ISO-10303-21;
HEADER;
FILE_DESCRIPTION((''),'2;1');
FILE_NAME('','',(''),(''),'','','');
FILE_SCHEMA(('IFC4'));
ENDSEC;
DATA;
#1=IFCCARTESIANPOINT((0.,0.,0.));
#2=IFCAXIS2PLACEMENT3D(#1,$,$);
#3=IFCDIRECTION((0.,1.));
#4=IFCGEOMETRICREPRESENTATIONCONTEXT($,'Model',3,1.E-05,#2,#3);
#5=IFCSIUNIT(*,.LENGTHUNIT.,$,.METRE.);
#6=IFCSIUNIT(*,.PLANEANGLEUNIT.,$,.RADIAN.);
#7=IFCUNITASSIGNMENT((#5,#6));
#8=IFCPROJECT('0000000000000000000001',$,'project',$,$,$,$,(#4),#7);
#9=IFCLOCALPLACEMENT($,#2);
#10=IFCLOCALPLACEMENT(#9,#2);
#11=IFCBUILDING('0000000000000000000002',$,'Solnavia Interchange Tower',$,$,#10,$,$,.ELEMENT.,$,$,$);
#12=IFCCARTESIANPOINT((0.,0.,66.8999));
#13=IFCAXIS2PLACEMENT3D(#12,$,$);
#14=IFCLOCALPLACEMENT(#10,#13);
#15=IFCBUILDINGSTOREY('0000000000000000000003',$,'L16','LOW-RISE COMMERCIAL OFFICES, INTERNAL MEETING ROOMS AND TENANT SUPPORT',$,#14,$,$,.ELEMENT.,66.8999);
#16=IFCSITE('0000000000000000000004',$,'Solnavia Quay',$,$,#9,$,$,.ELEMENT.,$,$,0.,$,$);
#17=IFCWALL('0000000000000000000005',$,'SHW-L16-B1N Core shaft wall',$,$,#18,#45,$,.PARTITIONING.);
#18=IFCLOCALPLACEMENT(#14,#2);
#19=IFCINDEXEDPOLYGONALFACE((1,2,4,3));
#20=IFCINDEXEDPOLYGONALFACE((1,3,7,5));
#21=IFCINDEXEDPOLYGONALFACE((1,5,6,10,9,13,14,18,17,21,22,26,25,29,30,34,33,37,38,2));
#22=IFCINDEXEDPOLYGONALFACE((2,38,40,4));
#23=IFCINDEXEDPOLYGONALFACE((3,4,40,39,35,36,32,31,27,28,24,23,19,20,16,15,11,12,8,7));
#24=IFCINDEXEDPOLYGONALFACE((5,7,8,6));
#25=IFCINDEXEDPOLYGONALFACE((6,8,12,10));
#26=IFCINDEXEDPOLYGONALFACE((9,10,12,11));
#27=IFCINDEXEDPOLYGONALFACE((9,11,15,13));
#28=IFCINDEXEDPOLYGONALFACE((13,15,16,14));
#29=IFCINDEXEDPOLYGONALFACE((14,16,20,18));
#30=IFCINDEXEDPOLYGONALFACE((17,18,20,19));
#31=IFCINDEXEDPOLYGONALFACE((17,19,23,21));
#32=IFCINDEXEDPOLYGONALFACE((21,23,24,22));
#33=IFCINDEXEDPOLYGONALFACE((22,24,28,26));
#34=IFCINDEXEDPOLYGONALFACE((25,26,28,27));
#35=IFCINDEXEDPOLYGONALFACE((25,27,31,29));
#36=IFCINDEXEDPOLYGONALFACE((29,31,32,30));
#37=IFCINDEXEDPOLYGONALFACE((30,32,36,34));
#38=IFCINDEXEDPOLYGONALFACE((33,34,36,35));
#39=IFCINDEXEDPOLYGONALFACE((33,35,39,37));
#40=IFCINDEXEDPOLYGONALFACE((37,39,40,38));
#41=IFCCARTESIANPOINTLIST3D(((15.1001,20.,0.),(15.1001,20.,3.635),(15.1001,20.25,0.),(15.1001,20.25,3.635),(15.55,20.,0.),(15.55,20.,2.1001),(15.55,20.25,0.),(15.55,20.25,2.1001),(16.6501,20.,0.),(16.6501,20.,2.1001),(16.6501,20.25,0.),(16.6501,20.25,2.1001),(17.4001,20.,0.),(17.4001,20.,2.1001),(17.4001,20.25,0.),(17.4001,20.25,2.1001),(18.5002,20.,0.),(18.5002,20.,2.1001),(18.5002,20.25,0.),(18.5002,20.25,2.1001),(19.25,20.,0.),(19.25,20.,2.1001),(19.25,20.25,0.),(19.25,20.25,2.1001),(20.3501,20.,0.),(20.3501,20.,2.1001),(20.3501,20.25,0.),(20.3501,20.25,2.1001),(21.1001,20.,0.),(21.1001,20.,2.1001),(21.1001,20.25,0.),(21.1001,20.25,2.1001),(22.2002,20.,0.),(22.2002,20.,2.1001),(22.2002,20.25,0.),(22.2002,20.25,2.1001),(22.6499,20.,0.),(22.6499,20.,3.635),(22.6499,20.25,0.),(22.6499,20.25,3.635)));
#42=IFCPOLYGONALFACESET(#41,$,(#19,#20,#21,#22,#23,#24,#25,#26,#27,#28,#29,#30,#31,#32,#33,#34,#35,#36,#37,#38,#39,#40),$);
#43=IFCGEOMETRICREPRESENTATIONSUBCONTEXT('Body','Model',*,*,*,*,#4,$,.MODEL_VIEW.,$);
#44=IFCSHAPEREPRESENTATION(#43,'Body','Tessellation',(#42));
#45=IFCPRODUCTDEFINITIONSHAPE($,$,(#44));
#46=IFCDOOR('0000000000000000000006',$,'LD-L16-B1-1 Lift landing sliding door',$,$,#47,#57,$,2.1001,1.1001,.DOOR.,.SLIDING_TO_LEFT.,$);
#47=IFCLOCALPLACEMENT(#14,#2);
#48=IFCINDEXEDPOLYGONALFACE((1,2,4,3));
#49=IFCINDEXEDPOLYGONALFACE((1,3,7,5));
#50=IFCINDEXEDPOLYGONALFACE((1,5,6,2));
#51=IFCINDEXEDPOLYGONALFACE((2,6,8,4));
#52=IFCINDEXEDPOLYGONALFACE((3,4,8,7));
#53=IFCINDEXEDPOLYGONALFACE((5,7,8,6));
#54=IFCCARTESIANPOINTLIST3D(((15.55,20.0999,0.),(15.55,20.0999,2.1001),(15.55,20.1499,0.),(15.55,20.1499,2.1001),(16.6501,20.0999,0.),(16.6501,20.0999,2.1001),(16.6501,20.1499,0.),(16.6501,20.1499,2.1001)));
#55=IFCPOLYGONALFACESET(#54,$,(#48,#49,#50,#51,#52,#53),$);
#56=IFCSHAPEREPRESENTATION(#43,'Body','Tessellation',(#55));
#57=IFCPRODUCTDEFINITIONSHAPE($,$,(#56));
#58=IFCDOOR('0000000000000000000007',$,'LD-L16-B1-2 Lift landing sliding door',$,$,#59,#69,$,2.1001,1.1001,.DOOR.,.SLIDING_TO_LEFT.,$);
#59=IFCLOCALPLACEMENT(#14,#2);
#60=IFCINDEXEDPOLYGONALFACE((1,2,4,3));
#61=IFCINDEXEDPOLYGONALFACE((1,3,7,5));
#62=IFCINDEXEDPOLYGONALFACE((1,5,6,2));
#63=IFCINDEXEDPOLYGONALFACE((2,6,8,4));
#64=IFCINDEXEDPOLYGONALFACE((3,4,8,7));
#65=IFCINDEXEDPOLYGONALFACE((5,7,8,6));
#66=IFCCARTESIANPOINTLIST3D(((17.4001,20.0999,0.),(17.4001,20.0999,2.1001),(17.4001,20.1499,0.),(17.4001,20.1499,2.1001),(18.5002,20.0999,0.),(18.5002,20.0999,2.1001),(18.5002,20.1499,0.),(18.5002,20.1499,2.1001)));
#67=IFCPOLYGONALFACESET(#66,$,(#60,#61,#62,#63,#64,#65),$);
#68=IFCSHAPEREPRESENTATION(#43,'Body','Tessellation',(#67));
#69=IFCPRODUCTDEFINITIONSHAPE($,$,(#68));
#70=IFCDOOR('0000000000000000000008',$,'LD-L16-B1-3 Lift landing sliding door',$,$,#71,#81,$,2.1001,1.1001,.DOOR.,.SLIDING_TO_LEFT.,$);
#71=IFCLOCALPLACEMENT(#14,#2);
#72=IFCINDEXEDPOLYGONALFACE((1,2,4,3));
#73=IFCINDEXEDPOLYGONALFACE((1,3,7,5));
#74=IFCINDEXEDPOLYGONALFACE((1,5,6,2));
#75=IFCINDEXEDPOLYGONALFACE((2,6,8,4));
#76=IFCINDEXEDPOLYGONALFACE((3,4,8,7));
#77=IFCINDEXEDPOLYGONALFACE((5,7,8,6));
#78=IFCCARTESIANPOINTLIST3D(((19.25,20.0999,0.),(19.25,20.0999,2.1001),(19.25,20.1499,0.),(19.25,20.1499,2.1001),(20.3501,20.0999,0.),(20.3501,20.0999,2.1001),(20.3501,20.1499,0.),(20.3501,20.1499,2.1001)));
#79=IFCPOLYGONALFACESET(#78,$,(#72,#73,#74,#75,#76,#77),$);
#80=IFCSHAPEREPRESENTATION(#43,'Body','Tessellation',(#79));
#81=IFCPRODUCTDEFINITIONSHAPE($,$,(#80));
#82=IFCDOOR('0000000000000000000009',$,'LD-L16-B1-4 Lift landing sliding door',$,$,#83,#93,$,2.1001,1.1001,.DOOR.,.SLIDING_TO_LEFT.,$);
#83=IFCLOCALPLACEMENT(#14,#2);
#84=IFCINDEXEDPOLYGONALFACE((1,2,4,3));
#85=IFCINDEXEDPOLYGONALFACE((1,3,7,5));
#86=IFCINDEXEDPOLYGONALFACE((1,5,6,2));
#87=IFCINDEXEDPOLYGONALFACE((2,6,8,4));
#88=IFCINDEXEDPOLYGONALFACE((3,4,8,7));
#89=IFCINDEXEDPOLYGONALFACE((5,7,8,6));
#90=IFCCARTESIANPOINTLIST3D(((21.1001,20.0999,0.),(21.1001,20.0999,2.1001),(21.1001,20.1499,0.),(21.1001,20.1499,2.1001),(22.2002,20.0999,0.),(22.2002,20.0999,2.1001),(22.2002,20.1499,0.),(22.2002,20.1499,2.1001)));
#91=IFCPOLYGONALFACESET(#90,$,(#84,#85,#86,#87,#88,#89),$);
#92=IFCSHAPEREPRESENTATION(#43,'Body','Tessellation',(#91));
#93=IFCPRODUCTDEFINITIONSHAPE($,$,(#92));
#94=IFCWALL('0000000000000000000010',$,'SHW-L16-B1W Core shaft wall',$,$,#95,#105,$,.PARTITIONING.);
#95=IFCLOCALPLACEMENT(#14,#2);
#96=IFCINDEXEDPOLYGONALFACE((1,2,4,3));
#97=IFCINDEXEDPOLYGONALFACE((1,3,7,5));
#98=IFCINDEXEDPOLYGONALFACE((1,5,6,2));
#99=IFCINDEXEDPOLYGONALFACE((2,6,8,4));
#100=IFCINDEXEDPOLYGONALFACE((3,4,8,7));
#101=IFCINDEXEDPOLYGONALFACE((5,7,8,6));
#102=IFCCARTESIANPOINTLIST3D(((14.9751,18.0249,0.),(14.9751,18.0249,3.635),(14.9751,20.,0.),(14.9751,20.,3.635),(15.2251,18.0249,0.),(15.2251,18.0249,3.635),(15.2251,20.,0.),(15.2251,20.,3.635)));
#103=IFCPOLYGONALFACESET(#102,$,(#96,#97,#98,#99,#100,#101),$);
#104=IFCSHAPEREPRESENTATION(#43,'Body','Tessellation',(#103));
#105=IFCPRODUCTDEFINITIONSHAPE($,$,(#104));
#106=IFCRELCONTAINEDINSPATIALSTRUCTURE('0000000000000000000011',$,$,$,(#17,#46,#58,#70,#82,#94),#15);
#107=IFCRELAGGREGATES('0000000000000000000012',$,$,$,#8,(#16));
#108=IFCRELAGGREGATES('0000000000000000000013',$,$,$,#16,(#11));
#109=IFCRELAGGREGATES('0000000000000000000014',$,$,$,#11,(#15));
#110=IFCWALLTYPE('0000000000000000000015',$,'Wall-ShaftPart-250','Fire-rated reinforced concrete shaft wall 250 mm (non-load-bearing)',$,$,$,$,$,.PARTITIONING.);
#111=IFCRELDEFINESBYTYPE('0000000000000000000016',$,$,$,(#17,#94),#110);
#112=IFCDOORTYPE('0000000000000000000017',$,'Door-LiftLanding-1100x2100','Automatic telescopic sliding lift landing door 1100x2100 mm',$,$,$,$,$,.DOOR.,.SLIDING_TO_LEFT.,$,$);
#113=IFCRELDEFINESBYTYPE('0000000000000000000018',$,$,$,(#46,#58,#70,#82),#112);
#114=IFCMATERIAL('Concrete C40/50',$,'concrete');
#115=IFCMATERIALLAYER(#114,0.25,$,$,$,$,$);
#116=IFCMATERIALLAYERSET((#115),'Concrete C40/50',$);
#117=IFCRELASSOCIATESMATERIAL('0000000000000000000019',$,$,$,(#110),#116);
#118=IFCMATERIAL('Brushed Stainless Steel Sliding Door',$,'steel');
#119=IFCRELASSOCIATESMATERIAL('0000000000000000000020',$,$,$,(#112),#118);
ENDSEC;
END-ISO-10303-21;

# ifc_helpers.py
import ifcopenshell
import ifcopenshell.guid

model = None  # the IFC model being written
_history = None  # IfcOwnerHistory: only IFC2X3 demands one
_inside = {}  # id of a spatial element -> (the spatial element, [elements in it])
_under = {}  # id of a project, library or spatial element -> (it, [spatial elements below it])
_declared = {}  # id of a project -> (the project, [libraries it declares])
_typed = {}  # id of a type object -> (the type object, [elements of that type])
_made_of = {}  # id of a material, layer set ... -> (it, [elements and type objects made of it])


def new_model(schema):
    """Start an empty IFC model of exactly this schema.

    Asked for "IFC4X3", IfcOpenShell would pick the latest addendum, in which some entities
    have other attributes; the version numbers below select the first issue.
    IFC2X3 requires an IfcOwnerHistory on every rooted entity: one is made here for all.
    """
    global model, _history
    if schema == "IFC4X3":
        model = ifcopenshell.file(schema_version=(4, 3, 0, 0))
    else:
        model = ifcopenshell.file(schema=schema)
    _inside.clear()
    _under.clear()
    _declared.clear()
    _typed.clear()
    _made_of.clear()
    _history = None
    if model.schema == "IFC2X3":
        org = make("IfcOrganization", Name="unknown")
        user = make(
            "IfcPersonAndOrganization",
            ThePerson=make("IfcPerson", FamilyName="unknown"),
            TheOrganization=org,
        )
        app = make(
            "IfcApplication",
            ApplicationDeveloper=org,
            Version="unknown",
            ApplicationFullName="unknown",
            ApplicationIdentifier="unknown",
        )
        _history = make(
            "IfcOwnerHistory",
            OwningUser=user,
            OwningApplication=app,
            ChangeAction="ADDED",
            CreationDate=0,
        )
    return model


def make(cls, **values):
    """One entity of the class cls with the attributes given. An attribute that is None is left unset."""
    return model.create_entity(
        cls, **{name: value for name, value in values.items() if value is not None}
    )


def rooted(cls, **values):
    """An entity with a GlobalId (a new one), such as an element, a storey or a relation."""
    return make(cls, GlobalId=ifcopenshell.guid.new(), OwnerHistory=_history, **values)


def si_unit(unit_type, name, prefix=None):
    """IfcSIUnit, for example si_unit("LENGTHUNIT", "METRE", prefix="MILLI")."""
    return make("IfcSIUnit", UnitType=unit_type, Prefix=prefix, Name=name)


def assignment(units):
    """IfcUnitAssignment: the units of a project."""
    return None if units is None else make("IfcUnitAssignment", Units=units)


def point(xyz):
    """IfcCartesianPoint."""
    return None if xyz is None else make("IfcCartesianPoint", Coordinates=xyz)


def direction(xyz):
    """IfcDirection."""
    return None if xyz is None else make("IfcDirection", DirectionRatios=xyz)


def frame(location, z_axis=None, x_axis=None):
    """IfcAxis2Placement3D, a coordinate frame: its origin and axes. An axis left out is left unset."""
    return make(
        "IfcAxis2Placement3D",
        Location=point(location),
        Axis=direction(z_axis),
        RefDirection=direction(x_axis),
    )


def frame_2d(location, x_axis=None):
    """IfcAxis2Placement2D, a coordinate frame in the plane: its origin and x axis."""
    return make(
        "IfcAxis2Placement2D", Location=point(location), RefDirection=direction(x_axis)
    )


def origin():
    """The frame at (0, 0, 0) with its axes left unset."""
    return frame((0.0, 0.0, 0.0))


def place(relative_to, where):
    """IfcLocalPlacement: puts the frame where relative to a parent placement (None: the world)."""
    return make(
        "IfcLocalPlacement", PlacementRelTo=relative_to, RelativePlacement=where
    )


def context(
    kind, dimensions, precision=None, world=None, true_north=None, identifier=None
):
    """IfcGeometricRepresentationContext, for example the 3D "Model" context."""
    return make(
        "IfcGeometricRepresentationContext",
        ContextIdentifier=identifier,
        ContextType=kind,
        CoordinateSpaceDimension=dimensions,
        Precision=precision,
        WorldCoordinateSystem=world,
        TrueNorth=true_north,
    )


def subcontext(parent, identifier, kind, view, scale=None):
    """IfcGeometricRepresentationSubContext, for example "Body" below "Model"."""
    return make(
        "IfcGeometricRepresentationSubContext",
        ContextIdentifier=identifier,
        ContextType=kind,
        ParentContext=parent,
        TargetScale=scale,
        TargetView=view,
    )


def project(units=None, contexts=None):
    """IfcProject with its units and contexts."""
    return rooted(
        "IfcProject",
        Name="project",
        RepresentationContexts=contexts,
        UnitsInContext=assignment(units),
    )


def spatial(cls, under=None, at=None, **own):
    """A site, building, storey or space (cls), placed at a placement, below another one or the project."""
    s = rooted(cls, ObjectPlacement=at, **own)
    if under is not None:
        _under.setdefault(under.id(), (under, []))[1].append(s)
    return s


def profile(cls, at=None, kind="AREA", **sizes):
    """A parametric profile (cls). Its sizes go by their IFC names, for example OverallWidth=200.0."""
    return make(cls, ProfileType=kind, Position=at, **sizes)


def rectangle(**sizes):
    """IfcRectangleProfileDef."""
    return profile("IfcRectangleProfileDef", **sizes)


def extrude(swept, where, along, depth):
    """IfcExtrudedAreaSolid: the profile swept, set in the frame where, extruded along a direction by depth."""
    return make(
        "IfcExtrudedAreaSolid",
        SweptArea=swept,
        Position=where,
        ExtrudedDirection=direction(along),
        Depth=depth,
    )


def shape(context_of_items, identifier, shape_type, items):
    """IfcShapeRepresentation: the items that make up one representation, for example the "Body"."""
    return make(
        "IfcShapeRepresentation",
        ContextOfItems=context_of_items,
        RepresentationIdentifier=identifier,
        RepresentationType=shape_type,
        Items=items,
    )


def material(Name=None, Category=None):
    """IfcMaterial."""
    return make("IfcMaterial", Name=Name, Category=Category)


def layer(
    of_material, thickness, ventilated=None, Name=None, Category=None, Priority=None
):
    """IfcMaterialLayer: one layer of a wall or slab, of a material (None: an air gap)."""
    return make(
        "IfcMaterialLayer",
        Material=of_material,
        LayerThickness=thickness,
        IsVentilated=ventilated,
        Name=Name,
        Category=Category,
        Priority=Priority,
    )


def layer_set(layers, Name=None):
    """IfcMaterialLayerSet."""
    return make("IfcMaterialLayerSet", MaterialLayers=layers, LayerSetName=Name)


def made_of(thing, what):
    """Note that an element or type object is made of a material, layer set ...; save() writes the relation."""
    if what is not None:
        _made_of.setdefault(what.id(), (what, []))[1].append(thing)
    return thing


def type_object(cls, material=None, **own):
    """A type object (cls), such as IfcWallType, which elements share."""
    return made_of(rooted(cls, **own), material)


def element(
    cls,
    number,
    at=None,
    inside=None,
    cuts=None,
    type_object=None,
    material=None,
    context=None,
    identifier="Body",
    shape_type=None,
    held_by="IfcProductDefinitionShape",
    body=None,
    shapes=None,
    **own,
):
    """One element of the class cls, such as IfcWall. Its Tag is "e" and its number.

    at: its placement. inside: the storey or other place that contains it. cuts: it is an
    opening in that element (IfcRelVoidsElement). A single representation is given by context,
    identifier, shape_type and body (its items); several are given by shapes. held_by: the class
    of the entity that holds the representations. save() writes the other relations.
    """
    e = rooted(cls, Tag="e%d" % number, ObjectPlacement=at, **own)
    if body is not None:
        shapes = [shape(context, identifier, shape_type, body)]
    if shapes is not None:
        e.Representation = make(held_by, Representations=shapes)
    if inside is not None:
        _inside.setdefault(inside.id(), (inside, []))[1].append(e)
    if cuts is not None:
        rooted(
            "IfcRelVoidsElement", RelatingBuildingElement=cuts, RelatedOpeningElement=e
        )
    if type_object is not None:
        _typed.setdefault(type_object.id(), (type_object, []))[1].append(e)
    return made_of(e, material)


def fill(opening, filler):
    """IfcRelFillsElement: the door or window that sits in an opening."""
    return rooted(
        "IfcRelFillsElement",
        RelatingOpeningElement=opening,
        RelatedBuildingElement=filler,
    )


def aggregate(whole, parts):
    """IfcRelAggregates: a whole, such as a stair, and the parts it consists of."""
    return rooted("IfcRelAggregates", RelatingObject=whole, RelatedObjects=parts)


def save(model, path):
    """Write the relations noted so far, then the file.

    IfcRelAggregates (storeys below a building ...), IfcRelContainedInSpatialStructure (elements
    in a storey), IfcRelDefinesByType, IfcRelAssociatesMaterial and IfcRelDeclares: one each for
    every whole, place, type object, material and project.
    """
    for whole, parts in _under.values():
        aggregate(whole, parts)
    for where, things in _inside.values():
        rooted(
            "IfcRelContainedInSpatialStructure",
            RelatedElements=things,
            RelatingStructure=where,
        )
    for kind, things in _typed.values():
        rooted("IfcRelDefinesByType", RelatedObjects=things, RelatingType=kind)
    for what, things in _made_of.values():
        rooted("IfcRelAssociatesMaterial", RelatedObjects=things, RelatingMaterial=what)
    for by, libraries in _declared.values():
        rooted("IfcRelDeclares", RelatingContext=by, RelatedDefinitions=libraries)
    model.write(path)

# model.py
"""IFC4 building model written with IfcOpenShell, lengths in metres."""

from ifc_helpers import new_model, si_unit, direction, frame, frame_2d, origin, place, context, subcontext, project, spatial, rectangle, extrude, material, layer, layer_set, type_object, element, fill, save


model = new_model("IFC4")

# Units and contexts
model_context = context("Model", 3, precision=1e-05, world=origin(), true_north=direction((0.0, 1.0)))
body_context = subcontext(model_context, "Body", "Model", "MODEL_VIEW")
ifc_project = project(units=[si_unit("LENGTHUNIT", "METRE"), si_unit("PLANEANGLEUNIT", "RADIAN")], contexts=[model_context])

# Site, building, storey
site_placement = place(None, origin())
site = spatial("IfcSite", under=ifc_project, at=site_placement, Name="Solnavia Quay", CompositionType="ELEMENT", RefElevation=0.0)
building_placement = place(site_placement, origin())
building = spatial("IfcBuilding", under=site, at=building_placement, Name="Solnavia Interchange Tower", CompositionType="ELEMENT")
storey_placement = place(building_placement, frame((0.0, 0.0, 66.8999)))
storey = spatial("IfcBuildingStorey", under=building, at=storey_placement, Name="L16", Description="LOW-RISE COMMERCIAL OFFICES, INTERNAL MEETING ROOMS AND TENANT SUPPORT", CompositionType="ELEMENT", Elevation=66.8999)

# Shared definitions
ifc_material_1 = material(Name="Concrete C40/50", Category="concrete")

# Shared definitions
ifc_layer_1 = layer(ifc_material_1, 0.25)
ifc_layer_set_1 = layer_set([ifc_layer_1], Name="Concrete C40/50")
wall_type_1 = type_object("IfcWallType", Name="Wall-ShaftPart-250", Description="Fire-rated reinforced concrete shaft wall 250 mm (non-load-bearing)", PredefinedType="PARTITIONING", material=ifc_layer_set_1)

# Wall, openings, doors
wall_1_placement = place(storey_placement, frame((15.1001, 20.125, 0.0), z_axis=(0.0, 0.0, 1.0), x_axis=(1.0, 0.0, 0.0)))
wall_1 = element("IfcWall", 1, at=wall_1_placement, inside=storey, type_object=wall_type_1, Name="SHW-L16-B1N Core shaft wall", PredefinedType="PARTITIONING", context=body_context, shape_type="SweptSolid", body=[
    extrude(rectangle(XDim=7.5498, YDim=0.25, at=frame_2d((3.7749, 0.0))), origin(), (0.0, 0.0, 1.0), 3.635),
])
opening_1_placement = place(wall_1_placement, frame((0.45, 0.0, 0.0)))
opening_1 = element("IfcOpeningElement", 2, at=opening_1_placement, cuts=wall_1, PredefinedType="OPENING", context=body_context, shape_type="SweptSolid", body=[
    extrude(rectangle(XDim=1.1001, YDim=2.1001, at=frame_2d((0.55, 1.05))), frame((0.0, 0.135, 0.0), z_axis=(0.0, -1.0, 0.0), x_axis=(1.0, 0.0, 0.0)), (0.0, 0.0, 1.0), 0.27),
])
opening_2_placement = place(wall_1_placement, frame((2.3, 0.0, 0.0)))
opening_2 = element("IfcOpeningElement", 3, at=opening_2_placement, cuts=wall_1, PredefinedType="OPENING", context=body_context, shape_type="SweptSolid", body=[
    extrude(rectangle(XDim=1.1001, YDim=2.1001, at=frame_2d((0.55, 1.05))), frame((0.0, 0.135, 0.0), z_axis=(0.0, -1.0, 0.0), x_axis=(1.0, 0.0, 0.0)), (0.0, 0.0, 1.0), 0.27),
])
opening_3_placement = place(wall_1_placement, frame((4.1499, 0.0, 0.0)))
opening_3 = element("IfcOpeningElement", 4, at=opening_3_placement, cuts=wall_1, PredefinedType="OPENING", context=body_context, shape_type="SweptSolid", body=[
    extrude(rectangle(XDim=1.1001, YDim=2.1001, at=frame_2d((0.55, 1.05))), frame((0.0, 0.135, 0.0), z_axis=(0.0, -1.0, 0.0), x_axis=(1.0, 0.0, 0.0)), (0.0, 0.0, 1.0), 0.27),
])
opening_4_placement = place(wall_1_placement, frame((6.0, 0.0, 0.0)))
opening_4 = element("IfcOpeningElement", 5, at=opening_4_placement, cuts=wall_1, PredefinedType="OPENING", context=body_context, shape_type="SweptSolid", body=[
    extrude(rectangle(XDim=1.1001, YDim=2.1001, at=frame_2d((0.55, 1.05))), frame((0.0, 0.135, 0.0), z_axis=(0.0, -1.0, 0.0), x_axis=(1.0, 0.0, 0.0)), (0.0, 0.0, 1.0), 0.27),
])
ifc_material_2 = material(Name="Brushed Stainless Steel Sliding Door", Category="steel")
door_type_1 = type_object("IfcDoorType", Name="Door-LiftLanding-1100x2100", Description="Automatic telescopic sliding lift landing door 1100x2100 mm", OperationType="SLIDING_TO_LEFT", PredefinedType="DOOR", material=ifc_material_2)
door_1_placement = place(opening_1_placement, origin())
door_1 = element("IfcDoor", 6, at=door_1_placement, inside=storey, type_object=door_type_1, Name="LD-L16-B1-1 Lift landing sliding door", OperationType="SLIDING_TO_LEFT", OverallHeight=2.1001, OverallWidth=1.1001, PredefinedType="DOOR", context=body_context, shape_type="SweptSolid", body=[
    extrude(rectangle(XDim=1.1001, YDim=2.1001, at=frame_2d((0.55, 1.05))), frame((0.0, 0.0249, 0.0), z_axis=(0.0, -1.0, 0.0), x_axis=(1.0, 0.0, 0.0)), (0.0, 0.0, 1.0), 0.05),
])
fill(opening_1, door_1)
door_2_placement = place(opening_2_placement, origin())
door_2 = element("IfcDoor", 7, at=door_2_placement, inside=storey, type_object=door_type_1, Name="LD-L16-B1-2 Lift landing sliding door", OperationType="SLIDING_TO_LEFT", OverallHeight=2.1001, OverallWidth=1.1001, PredefinedType="DOOR", context=body_context, shape_type="SweptSolid", body=[
    extrude(rectangle(XDim=1.1001, YDim=2.1001, at=frame_2d((0.55, 1.05))), frame((0.0, 0.0249, 0.0), z_axis=(0.0, -1.0, 0.0), x_axis=(1.0, 0.0, 0.0)), (0.0, 0.0, 1.0), 0.05),
])
fill(opening_2, door_2)
door_3_placement = place(opening_3_placement, origin())
door_3 = element("IfcDoor", 8, at=door_3_placement, inside=storey, type_object=door_type_1, Name="LD-L16-B1-3 Lift landing sliding door", OperationType="SLIDING_TO_LEFT", OverallHeight=2.1001, OverallWidth=1.1001, PredefinedType="DOOR", context=body_context, shape_type="SweptSolid", body=[
    extrude(rectangle(XDim=1.1001, YDim=2.1001, at=frame_2d((0.55, 1.05))), frame((0.0, 0.0249, 0.0), z_axis=(0.0, -1.0, 0.0), x_axis=(1.0, 0.0, 0.0)), (0.0, 0.0, 1.0), 0.05),
])
fill(opening_3, door_3)
door_4_placement = place(opening_4_placement, origin())
door_4 = element("IfcDoor", 9, at=door_4_placement, inside=storey, type_object=door_type_1, Name="LD-L16-B1-4 Lift landing sliding door", OperationType="SLIDING_TO_LEFT", OverallHeight=2.1001, OverallWidth=1.1001, PredefinedType="DOOR", context=body_context, shape_type="SweptSolid", body=[
    extrude(rectangle(XDim=1.1001, YDim=2.1001, at=frame_2d((0.55, 1.05))), frame((0.0, 0.0249, 0.0), z_axis=(0.0, -1.0, 0.0), x_axis=(1.0, 0.0, 0.0)), (0.0, 0.0, 1.0), 0.05),
])
fill(opening_4, door_4)

# Wall
wall_2_placement = place(storey_placement, frame((15.1001, 18.0249, 0.0), z_axis=(0.0, 0.0, 1.0), x_axis=(0.0, 1.0, 0.0)))
element("IfcWall", 10, at=wall_2_placement, inside=storey, type_object=wall_type_1, Name="SHW-L16-B1W Core shaft wall", PredefinedType="PARTITIONING", context=body_context, shape_type="SweptSolid", body=[
    extrude(rectangle(XDim=1.9751, YDim=0.25, at=frame_2d((0.9875, 0.0))), origin(), (0.0, 0.0, 1.0), 3.635),
])

save(model, "model.ifc")
